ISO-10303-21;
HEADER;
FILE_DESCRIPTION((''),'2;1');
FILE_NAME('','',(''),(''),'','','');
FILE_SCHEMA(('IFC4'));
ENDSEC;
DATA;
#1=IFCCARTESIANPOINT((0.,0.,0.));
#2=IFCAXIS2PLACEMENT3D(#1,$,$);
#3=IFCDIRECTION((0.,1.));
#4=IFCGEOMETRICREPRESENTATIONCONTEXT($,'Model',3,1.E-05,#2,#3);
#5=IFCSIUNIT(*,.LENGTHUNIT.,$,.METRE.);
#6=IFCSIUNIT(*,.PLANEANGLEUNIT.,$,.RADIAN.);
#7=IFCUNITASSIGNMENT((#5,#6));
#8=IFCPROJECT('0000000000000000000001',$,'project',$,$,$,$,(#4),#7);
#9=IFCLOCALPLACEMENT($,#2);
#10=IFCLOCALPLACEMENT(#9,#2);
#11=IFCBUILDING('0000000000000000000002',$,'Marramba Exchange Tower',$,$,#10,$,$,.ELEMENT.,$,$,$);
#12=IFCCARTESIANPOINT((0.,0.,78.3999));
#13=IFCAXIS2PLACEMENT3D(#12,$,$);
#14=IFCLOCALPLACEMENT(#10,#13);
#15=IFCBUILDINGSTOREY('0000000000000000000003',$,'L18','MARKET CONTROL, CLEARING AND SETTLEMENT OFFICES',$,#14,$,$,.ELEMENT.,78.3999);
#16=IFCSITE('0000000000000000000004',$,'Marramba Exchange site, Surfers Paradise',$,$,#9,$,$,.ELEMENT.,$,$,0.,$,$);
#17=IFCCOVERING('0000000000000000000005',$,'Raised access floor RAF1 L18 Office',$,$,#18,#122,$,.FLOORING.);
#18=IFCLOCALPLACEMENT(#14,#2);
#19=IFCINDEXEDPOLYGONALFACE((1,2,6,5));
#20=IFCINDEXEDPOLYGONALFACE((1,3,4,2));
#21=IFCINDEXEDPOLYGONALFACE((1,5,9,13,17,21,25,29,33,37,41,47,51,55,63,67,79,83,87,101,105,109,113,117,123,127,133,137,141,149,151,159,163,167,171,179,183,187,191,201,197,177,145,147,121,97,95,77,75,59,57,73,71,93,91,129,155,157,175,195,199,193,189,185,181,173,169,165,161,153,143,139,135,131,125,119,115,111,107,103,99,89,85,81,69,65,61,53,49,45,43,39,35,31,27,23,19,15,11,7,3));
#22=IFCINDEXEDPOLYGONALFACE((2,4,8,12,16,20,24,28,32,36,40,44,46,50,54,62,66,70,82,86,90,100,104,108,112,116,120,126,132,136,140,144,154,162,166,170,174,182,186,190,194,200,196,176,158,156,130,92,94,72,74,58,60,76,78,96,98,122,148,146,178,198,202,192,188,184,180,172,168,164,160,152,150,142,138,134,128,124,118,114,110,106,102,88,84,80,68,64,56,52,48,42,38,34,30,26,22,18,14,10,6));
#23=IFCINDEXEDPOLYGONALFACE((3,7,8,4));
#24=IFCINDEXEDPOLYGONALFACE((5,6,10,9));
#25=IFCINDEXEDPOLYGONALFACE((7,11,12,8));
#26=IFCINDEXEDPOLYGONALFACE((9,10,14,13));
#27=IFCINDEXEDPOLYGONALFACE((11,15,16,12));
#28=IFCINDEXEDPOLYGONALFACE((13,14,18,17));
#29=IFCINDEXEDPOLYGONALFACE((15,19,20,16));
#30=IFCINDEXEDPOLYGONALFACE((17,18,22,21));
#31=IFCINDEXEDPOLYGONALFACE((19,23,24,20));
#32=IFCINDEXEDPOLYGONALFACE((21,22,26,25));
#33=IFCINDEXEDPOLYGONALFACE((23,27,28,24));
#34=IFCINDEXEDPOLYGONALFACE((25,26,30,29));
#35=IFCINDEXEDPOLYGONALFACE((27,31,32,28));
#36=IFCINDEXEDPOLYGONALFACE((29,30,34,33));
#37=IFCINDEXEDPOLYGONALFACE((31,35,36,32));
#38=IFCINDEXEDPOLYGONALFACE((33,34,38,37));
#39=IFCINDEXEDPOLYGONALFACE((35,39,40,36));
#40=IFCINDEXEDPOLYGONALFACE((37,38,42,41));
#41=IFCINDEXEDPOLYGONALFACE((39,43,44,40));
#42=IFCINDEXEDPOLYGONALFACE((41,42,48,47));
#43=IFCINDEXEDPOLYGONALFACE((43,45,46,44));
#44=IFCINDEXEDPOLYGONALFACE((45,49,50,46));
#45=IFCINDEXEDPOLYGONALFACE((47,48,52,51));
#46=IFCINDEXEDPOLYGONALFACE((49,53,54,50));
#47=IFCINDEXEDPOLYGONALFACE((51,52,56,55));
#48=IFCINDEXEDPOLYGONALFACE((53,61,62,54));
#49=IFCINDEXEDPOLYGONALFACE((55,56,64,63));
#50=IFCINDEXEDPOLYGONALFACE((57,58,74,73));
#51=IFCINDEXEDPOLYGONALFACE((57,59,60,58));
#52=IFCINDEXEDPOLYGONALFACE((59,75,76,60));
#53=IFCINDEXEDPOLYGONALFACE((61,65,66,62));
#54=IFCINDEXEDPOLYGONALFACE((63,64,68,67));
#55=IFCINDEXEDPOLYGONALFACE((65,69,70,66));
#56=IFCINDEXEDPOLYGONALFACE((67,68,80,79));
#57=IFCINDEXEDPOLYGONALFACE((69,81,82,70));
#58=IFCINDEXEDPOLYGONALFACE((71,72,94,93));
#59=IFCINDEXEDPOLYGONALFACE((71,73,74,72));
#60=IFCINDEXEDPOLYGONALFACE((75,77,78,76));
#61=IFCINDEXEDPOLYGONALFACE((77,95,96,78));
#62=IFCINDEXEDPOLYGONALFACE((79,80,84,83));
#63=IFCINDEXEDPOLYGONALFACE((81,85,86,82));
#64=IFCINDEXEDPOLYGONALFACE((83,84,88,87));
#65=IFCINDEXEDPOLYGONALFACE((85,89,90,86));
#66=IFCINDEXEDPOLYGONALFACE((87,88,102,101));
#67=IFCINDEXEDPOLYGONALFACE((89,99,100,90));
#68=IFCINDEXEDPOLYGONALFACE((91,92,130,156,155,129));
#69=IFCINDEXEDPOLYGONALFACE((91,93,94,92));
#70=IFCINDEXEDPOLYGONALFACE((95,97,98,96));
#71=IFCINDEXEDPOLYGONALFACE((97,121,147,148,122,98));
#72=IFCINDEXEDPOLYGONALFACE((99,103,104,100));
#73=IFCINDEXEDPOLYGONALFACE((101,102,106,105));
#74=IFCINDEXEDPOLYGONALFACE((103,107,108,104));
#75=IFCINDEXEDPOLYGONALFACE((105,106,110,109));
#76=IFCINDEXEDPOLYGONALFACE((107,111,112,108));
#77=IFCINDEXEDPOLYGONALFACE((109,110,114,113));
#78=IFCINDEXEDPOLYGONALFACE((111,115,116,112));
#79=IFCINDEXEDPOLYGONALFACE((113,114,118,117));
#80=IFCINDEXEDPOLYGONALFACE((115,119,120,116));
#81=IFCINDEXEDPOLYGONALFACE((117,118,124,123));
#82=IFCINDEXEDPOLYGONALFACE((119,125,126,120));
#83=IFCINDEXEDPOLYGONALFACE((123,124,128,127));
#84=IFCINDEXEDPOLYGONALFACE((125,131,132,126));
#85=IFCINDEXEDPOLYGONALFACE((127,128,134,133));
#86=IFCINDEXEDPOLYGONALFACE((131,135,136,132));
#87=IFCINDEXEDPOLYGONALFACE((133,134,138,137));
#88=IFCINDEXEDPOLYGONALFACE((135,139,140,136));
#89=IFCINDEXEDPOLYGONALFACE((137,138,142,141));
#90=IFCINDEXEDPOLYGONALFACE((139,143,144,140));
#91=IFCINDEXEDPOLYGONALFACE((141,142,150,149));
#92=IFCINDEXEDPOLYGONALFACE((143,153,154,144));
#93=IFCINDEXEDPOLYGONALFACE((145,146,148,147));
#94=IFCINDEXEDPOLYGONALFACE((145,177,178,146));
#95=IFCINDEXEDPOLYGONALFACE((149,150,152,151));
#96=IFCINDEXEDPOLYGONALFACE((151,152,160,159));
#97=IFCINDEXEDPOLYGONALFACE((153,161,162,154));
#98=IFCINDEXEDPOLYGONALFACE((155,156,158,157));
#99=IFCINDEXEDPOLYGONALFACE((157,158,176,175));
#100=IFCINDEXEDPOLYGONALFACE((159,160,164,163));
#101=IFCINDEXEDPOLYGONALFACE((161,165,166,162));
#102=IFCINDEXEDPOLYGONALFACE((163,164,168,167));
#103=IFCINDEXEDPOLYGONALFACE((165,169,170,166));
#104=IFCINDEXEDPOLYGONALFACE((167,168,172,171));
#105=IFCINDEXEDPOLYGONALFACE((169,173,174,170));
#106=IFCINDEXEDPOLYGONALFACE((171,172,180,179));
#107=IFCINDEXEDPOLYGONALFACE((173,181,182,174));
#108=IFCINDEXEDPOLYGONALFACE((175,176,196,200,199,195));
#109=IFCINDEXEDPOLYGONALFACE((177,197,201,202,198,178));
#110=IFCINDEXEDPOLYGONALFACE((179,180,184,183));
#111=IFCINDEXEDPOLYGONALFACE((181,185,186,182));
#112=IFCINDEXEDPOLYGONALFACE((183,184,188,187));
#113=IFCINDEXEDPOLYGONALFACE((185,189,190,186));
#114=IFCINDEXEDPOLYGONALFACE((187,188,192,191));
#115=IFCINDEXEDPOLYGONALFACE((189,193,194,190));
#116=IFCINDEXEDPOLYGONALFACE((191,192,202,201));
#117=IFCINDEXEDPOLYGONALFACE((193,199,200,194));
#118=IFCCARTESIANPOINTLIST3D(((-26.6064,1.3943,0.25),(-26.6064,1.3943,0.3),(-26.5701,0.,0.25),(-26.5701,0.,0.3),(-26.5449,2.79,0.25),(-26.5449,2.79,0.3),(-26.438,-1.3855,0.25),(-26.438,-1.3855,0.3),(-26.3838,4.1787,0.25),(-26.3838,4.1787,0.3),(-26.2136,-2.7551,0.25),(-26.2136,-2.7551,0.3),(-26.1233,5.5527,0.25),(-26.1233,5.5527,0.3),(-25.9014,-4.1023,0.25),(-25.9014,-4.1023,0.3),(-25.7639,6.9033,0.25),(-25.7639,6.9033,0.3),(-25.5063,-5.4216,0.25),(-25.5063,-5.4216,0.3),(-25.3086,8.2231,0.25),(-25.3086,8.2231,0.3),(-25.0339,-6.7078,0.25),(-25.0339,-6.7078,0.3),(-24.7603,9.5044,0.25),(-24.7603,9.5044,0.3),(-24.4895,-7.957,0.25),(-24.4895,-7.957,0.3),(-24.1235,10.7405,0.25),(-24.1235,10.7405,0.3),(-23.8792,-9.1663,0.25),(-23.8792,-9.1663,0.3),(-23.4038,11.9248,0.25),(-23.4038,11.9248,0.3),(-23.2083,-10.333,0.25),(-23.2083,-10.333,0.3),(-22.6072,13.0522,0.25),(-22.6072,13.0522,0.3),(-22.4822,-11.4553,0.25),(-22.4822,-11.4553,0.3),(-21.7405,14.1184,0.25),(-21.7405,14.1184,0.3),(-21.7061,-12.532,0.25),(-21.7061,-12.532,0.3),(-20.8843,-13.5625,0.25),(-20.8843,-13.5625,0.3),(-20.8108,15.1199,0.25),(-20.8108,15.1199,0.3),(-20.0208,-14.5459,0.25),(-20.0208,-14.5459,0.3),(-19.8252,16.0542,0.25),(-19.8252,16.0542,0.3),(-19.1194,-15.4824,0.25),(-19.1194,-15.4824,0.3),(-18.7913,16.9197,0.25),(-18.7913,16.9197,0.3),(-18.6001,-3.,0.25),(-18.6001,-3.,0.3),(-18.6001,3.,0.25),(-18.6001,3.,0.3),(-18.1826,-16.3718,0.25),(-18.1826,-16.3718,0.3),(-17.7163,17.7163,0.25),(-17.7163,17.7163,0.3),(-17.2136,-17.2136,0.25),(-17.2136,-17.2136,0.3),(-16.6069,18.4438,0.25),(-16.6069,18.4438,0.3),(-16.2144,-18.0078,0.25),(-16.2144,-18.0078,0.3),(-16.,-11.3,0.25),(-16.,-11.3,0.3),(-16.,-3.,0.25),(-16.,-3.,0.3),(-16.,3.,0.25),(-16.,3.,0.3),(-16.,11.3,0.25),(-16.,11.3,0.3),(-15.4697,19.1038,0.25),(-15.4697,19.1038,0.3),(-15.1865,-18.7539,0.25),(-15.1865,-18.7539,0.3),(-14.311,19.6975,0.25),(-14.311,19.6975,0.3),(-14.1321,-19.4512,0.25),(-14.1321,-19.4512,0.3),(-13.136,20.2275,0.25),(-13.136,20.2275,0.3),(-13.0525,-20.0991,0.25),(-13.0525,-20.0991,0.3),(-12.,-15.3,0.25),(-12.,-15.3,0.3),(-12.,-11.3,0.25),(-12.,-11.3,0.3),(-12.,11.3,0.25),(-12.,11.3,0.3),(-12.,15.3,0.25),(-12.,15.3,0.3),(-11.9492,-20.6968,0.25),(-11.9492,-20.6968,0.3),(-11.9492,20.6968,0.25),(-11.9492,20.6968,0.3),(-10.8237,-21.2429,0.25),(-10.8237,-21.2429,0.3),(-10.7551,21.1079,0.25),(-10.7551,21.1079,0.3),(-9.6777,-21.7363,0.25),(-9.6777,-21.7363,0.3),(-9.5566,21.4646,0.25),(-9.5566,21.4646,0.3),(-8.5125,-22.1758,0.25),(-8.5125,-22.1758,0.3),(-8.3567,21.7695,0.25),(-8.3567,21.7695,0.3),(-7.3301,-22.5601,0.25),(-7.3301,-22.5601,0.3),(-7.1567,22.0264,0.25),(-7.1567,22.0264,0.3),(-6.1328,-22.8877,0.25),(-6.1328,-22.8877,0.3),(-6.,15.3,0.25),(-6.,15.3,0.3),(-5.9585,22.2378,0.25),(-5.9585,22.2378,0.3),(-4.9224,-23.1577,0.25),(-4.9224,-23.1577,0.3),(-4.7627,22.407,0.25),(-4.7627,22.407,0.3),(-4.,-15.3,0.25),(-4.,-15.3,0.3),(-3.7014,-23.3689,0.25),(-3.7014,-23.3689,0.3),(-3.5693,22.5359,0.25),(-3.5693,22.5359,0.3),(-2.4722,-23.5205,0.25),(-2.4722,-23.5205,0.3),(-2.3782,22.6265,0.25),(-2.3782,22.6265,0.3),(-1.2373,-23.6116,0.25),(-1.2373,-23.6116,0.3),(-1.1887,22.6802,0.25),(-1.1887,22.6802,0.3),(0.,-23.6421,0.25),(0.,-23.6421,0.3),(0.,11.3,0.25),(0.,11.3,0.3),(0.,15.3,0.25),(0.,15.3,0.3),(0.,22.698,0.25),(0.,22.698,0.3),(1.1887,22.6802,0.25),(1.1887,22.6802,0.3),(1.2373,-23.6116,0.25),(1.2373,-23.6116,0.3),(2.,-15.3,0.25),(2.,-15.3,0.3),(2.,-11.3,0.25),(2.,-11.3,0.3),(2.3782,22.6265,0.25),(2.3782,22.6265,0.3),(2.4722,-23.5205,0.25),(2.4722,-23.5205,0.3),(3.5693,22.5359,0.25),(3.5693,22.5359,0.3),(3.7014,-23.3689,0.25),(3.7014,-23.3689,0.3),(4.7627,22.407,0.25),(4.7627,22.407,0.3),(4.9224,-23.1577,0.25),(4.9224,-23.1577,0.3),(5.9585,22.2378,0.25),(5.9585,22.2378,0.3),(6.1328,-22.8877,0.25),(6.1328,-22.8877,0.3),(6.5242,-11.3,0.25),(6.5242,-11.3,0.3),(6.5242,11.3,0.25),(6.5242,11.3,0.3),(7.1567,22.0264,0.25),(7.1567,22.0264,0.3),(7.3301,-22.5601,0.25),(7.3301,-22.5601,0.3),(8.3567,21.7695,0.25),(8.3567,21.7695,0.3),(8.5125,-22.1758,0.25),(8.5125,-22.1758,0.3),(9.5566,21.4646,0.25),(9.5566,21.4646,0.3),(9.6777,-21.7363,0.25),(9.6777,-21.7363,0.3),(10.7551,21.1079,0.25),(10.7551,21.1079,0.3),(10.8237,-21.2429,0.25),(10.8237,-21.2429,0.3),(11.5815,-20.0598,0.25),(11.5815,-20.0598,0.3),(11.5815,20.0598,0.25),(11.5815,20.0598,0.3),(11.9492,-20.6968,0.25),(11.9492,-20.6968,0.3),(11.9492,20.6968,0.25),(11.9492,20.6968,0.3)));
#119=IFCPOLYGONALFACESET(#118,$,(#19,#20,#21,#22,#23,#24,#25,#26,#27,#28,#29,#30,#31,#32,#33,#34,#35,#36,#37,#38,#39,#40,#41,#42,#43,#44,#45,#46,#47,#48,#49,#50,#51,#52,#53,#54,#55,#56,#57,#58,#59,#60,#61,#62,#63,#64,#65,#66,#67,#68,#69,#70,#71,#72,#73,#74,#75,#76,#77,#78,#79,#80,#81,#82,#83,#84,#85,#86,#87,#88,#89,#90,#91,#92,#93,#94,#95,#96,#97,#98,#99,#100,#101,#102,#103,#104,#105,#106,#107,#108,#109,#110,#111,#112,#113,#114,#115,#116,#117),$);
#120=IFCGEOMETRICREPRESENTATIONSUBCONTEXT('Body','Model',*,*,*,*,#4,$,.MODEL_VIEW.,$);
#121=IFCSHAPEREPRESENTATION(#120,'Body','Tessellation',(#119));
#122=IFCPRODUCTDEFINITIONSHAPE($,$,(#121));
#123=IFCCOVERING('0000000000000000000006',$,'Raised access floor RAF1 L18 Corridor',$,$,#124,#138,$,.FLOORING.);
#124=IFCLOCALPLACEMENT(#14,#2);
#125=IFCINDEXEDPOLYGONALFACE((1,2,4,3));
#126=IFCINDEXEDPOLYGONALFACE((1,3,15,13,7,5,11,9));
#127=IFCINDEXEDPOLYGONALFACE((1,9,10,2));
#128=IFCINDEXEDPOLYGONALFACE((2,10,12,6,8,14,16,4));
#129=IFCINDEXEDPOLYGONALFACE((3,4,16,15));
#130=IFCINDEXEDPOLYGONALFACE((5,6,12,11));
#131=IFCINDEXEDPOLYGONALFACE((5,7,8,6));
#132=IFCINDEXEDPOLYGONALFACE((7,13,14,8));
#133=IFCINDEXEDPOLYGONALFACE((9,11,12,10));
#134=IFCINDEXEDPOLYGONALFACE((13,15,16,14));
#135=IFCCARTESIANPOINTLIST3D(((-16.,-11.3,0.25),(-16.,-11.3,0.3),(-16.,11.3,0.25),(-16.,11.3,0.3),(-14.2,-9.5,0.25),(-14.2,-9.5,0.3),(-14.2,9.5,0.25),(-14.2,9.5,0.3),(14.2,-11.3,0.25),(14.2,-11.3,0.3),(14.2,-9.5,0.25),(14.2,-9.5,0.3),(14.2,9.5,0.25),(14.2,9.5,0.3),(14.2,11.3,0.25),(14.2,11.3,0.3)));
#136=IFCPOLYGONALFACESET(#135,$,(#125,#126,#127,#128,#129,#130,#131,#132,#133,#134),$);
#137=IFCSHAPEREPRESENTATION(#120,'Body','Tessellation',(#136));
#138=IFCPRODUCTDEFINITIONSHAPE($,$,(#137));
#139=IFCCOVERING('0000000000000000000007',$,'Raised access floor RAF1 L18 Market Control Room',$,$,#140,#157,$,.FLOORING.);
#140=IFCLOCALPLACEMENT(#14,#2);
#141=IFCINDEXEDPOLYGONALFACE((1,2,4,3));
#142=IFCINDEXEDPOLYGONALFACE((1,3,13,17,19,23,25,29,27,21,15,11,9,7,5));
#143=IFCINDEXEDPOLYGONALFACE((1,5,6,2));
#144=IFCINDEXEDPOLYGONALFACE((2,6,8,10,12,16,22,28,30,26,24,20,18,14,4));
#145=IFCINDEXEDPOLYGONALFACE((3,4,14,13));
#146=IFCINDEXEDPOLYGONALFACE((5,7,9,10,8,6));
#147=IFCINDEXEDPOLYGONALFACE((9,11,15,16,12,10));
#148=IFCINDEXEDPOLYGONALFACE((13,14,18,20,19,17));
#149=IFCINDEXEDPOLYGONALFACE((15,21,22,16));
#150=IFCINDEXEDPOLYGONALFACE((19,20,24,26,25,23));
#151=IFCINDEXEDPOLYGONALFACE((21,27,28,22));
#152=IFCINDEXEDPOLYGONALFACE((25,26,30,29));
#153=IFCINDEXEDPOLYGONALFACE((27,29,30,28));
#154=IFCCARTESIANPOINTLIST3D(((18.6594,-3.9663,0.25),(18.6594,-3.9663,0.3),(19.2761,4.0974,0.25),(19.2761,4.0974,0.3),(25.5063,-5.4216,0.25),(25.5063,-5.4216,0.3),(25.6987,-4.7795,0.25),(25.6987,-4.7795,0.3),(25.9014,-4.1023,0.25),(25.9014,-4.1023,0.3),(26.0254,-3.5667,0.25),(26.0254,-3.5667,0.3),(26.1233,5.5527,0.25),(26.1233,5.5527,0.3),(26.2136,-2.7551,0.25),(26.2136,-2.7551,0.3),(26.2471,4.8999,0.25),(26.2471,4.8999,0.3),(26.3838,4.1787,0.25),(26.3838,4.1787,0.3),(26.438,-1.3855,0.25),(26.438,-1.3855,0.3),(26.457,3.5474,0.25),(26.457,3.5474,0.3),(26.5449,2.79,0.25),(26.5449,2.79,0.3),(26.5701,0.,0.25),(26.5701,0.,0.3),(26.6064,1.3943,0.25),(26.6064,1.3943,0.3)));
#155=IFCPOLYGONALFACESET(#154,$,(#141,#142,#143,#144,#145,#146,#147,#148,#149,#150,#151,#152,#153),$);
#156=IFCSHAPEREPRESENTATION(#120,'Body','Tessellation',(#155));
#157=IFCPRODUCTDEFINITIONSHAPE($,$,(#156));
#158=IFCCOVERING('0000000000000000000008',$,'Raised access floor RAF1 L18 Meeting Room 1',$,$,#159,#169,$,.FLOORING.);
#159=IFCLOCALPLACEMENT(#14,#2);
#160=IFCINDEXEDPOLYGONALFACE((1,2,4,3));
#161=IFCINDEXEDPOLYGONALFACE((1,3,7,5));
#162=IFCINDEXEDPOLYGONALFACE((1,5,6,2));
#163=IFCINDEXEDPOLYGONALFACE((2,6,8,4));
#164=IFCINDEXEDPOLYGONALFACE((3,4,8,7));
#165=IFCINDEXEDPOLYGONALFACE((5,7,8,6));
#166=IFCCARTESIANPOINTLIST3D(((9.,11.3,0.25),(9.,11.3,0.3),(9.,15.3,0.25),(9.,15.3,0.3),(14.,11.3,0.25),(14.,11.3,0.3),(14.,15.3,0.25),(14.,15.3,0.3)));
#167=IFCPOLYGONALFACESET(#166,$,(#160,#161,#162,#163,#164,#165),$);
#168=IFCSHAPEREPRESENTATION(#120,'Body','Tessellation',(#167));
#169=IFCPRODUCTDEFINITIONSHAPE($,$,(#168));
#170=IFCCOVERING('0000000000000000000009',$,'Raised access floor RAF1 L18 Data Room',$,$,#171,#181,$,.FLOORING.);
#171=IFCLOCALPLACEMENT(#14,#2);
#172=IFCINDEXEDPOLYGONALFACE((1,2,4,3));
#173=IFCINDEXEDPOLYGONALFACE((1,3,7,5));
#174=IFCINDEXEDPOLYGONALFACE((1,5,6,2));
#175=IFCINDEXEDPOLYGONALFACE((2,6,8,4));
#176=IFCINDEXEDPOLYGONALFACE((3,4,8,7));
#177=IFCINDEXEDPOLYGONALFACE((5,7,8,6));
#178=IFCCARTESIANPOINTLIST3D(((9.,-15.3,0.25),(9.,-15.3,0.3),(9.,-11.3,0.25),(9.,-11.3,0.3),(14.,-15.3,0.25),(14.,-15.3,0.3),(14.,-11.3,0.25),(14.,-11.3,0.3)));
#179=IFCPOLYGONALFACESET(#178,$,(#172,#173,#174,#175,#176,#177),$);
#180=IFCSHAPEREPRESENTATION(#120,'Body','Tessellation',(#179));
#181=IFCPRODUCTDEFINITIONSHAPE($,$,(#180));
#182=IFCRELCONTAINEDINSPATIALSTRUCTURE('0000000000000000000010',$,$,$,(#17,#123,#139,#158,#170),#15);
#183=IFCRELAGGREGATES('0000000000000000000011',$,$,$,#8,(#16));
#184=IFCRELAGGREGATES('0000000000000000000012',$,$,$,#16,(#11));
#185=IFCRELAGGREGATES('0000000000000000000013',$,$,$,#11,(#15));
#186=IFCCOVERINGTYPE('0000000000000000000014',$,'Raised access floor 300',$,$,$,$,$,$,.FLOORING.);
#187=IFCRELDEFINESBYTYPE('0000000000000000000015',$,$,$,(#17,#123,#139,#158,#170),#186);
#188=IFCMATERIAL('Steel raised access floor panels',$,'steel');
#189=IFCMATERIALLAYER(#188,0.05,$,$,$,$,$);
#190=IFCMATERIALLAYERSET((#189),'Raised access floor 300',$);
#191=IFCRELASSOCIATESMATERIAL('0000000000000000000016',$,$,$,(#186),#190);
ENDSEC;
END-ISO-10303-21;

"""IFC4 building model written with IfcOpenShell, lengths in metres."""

from ifc_helpers import new_model, si_unit, direction, frame, origin, place, context, subcontext, project, spatial, polyline, outline, extrude, material, layer, layer_set, type_object, element, save


model = new_model("IFC4")

# Units and contexts
model_context = context("Model", 3, precision=1e-05, world=origin(), true_north=direction((0.0, 1.0)))
body_context = subcontext(model_context, "Body", "Model", "MODEL_VIEW")
ifc_project = project(units=[si_unit("LENGTHUNIT", "METRE"), si_unit("PLANEANGLEUNIT", "RADIAN")], contexts=[model_context])

# Site, building, storey
site_placement = place(None, origin())
site = spatial("IfcSite", under=ifc_project, at=site_placement, Name="Marramba Exchange site, Surfers Paradise", CompositionType="ELEMENT", RefElevation=0.0)
building_placement = place(site_placement, origin())
building = spatial("IfcBuilding", under=site, at=building_placement, Name="Marramba Exchange Tower", CompositionType="ELEMENT")
storey_placement = place(building_placement, frame((0.0, 0.0, 78.3999)))
storey = spatial("IfcBuildingStorey", under=building, at=storey_placement, Name="L18", Description="MARKET CONTROL, CLEARING AND SETTLEMENT OFFICES", CompositionType="ELEMENT", Elevation=78.3999)

# Coverings
ifc_material_1 = material(Name="Steel raised access floor panels", Category="steel")
ifc_layer_1 = layer(ifc_material_1, 0.05)
ifc_layer_set_1 = layer_set([ifc_layer_1], Name="Raised access floor 300")
covering_type_1 = type_object("IfcCoveringType", Name="Raised access floor 300", PredefinedType="FLOORING", material=ifc_layer_set_1)
covering_1_placement = place(storey_placement, frame((0.0, 0.0, 0.25)))
element("IfcCovering", 1, at=covering_1_placement, inside=storey, type_object=covering_type_1, Name="Raised access floor RAF1 L18 Office", PredefinedType="FLOORING", context=body_context, shape_type="SweptSolid", body=[
    extrude(outline(polyline([(-16.0, 3.0), (-18.6001, 3.0), (-18.6001, -3.0), (-16.0, -3.0), (-16.0, -11.3), (-12.0, -11.3), (-12.0, -15.3), (-4.0, -15.3), (2.0, -15.3), (2.0, -11.3), (6.5242, -11.3), (11.5815, -20.0598), (11.9492, -20.6968), (10.8237, -21.2429), (9.6777, -21.7363), (8.5125, -22.1758), (7.3301, -22.5601), (6.1328, -22.8877), (4.9224, -23.1577), (3.7014, -23.3689), (2.4722, -23.5205), (1.2373, -23.6116), (0.0, -23.6421), (-1.2373, -23.6116), (-2.4722, -23.5205), (-3.7014, -23.3689), (-4.9224, -23.1577), (-6.1328, -22.8877), (-7.3301, -22.5601), (-8.5125, -22.1758), (-9.6777, -21.7363), (-10.8237, -21.2429), (-11.9492, -20.6968), (-13.0525, -20.0991), (-14.1321, -19.4512), (-15.1865, -18.7539), (-16.2144, -18.0078), (-17.2136, -17.2136), (-18.1826, -16.3718), (-19.1194, -15.4824), (-20.0208, -14.5459), (-20.8843, -13.5625), (-21.7061, -12.532), (-22.4822, -11.4553), (-23.2083, -10.333), (-23.8792, -9.1663), (-24.4895, -7.957), (-25.0339, -6.7078), (-25.5063, -5.4216), (-25.9014, -4.1023), (-26.2136, -2.7551), (-26.438, -1.3855), (-26.5701, 0.0), (-26.6064, 1.3943), (-26.5449, 2.79), (-26.3838, 4.1787), (-26.1233, 5.5527), (-25.7639, 6.9033), (-25.3086, 8.2231), (-24.7603, 9.5044), (-24.1235, 10.7405), (-23.4038, 11.9248), (-22.6072, 13.0522), (-21.7405, 14.1184), (-20.8108, 15.1199), (-19.8252, 16.0542), (-18.7913, 16.9197), (-17.7163, 17.7163), (-16.6069, 18.4438), (-15.4697, 19.1038), (-14.311, 19.6975), (-13.136, 20.2275), (-11.9492, 20.6968), (-10.7551, 21.1079), (-9.5566, 21.4646), (-8.3567, 21.7695), (-7.1567, 22.0264), (-5.9585, 22.2378), (-4.7627, 22.407), (-3.5693, 22.5359), (-2.3782, 22.6265), (-1.1887, 22.6802), (0.0, 22.698), (1.1887, 22.6802), (2.3782, 22.6265), (3.5693, 22.5359), (4.7627, 22.407), (5.9585, 22.2378), (7.1567, 22.0264), (8.3567, 21.7695), (9.5566, 21.4646), (10.7551, 21.1079), (11.9492, 20.6968), (11.5815, 20.0598), (6.5242, 11.3), (0.0, 11.3), (0.0, 15.3), (-6.0, 15.3), (-12.0, 15.3), (-12.0, 11.3), (-16.0, 11.3), (-16.0, 3.0)])), origin(), (0.0, 0.0, 1.0), 0.05),
])
covering_2_placement = place(storey_placement, frame((0.0, 0.0, 0.25)))
element("IfcCovering", 2, at=covering_2_placement, inside=storey, type_object=covering_type_1, Name="Raised access floor RAF1 L18 Corridor", PredefinedType="FLOORING", context=body_context, shape_type="SweptSolid", body=[
    extrude(outline(polyline([(-16.0, -11.3), (-16.0, 11.3), (14.2, 11.3), (14.2, 9.5), (-14.2, 9.5), (-14.2, -9.5), (14.2, -9.5), (14.2, -11.3), (-16.0, -11.3)])), origin(), (0.0, 0.0, 1.0), 0.05),
])
covering_3_placement = place(storey_placement, frame((0.0, 0.0, 0.25)))
element("IfcCovering", 3, at=covering_3_placement, inside=storey, type_object=covering_type_1, Name="Raised access floor RAF1 L18 Market Control Room", PredefinedType="FLOORING", context=body_context, shape_type="SweptSolid", body=[
    extrude(outline(polyline([(26.2471, 4.8999), (26.3838, 4.1787), (26.457, 3.5474), (26.5449, 2.79), (26.6064, 1.3943), (26.5701, 0.0), (26.438, -1.3855), (26.2136, -2.7551), (26.0254, -3.5667), (25.9014, -4.1023), (25.6987, -4.7795), (25.5063, -5.4216), (18.6594, -3.9663), (19.2761, 4.0974), (26.1233, 5.5527), (26.2471, 4.8999)])), origin(), (0.0, 0.0, 1.0), 0.05),
])
covering_4_placement = place(storey_placement, frame((0.0, 0.0, 0.25)))
element("IfcCovering", 4, at=covering_4_placement, inside=storey, type_object=covering_type_1, Name="Raised access floor RAF1 L18 Meeting Room 1", PredefinedType="FLOORING", context=body_context, shape_type="SweptSolid", body=[
    extrude(outline(polyline([(14.0, 11.3), (9.0, 11.3), (9.0, 15.3), (14.0, 15.3), (14.0, 11.3)])), origin(), (0.0, 0.0, 1.0), 0.05),
])
covering_5_placement = place(storey_placement, frame((0.0, 0.0, 0.25)))
element("IfcCovering", 5, at=covering_5_placement, inside=storey, type_object=covering_type_1, Name="Raised access floor RAF1 L18 Data Room", PredefinedType="FLOORING", context=body_context, shape_type="SweptSolid", body=[
    extrude(outline(polyline([(14.0, -15.3), (9.0, -15.3), (9.0, -11.3), (14.0, -11.3), (14.0, -15.3)])), origin(), (0.0, 0.0, 1.0), 0.05),
])

save(model, "model.ifc")
